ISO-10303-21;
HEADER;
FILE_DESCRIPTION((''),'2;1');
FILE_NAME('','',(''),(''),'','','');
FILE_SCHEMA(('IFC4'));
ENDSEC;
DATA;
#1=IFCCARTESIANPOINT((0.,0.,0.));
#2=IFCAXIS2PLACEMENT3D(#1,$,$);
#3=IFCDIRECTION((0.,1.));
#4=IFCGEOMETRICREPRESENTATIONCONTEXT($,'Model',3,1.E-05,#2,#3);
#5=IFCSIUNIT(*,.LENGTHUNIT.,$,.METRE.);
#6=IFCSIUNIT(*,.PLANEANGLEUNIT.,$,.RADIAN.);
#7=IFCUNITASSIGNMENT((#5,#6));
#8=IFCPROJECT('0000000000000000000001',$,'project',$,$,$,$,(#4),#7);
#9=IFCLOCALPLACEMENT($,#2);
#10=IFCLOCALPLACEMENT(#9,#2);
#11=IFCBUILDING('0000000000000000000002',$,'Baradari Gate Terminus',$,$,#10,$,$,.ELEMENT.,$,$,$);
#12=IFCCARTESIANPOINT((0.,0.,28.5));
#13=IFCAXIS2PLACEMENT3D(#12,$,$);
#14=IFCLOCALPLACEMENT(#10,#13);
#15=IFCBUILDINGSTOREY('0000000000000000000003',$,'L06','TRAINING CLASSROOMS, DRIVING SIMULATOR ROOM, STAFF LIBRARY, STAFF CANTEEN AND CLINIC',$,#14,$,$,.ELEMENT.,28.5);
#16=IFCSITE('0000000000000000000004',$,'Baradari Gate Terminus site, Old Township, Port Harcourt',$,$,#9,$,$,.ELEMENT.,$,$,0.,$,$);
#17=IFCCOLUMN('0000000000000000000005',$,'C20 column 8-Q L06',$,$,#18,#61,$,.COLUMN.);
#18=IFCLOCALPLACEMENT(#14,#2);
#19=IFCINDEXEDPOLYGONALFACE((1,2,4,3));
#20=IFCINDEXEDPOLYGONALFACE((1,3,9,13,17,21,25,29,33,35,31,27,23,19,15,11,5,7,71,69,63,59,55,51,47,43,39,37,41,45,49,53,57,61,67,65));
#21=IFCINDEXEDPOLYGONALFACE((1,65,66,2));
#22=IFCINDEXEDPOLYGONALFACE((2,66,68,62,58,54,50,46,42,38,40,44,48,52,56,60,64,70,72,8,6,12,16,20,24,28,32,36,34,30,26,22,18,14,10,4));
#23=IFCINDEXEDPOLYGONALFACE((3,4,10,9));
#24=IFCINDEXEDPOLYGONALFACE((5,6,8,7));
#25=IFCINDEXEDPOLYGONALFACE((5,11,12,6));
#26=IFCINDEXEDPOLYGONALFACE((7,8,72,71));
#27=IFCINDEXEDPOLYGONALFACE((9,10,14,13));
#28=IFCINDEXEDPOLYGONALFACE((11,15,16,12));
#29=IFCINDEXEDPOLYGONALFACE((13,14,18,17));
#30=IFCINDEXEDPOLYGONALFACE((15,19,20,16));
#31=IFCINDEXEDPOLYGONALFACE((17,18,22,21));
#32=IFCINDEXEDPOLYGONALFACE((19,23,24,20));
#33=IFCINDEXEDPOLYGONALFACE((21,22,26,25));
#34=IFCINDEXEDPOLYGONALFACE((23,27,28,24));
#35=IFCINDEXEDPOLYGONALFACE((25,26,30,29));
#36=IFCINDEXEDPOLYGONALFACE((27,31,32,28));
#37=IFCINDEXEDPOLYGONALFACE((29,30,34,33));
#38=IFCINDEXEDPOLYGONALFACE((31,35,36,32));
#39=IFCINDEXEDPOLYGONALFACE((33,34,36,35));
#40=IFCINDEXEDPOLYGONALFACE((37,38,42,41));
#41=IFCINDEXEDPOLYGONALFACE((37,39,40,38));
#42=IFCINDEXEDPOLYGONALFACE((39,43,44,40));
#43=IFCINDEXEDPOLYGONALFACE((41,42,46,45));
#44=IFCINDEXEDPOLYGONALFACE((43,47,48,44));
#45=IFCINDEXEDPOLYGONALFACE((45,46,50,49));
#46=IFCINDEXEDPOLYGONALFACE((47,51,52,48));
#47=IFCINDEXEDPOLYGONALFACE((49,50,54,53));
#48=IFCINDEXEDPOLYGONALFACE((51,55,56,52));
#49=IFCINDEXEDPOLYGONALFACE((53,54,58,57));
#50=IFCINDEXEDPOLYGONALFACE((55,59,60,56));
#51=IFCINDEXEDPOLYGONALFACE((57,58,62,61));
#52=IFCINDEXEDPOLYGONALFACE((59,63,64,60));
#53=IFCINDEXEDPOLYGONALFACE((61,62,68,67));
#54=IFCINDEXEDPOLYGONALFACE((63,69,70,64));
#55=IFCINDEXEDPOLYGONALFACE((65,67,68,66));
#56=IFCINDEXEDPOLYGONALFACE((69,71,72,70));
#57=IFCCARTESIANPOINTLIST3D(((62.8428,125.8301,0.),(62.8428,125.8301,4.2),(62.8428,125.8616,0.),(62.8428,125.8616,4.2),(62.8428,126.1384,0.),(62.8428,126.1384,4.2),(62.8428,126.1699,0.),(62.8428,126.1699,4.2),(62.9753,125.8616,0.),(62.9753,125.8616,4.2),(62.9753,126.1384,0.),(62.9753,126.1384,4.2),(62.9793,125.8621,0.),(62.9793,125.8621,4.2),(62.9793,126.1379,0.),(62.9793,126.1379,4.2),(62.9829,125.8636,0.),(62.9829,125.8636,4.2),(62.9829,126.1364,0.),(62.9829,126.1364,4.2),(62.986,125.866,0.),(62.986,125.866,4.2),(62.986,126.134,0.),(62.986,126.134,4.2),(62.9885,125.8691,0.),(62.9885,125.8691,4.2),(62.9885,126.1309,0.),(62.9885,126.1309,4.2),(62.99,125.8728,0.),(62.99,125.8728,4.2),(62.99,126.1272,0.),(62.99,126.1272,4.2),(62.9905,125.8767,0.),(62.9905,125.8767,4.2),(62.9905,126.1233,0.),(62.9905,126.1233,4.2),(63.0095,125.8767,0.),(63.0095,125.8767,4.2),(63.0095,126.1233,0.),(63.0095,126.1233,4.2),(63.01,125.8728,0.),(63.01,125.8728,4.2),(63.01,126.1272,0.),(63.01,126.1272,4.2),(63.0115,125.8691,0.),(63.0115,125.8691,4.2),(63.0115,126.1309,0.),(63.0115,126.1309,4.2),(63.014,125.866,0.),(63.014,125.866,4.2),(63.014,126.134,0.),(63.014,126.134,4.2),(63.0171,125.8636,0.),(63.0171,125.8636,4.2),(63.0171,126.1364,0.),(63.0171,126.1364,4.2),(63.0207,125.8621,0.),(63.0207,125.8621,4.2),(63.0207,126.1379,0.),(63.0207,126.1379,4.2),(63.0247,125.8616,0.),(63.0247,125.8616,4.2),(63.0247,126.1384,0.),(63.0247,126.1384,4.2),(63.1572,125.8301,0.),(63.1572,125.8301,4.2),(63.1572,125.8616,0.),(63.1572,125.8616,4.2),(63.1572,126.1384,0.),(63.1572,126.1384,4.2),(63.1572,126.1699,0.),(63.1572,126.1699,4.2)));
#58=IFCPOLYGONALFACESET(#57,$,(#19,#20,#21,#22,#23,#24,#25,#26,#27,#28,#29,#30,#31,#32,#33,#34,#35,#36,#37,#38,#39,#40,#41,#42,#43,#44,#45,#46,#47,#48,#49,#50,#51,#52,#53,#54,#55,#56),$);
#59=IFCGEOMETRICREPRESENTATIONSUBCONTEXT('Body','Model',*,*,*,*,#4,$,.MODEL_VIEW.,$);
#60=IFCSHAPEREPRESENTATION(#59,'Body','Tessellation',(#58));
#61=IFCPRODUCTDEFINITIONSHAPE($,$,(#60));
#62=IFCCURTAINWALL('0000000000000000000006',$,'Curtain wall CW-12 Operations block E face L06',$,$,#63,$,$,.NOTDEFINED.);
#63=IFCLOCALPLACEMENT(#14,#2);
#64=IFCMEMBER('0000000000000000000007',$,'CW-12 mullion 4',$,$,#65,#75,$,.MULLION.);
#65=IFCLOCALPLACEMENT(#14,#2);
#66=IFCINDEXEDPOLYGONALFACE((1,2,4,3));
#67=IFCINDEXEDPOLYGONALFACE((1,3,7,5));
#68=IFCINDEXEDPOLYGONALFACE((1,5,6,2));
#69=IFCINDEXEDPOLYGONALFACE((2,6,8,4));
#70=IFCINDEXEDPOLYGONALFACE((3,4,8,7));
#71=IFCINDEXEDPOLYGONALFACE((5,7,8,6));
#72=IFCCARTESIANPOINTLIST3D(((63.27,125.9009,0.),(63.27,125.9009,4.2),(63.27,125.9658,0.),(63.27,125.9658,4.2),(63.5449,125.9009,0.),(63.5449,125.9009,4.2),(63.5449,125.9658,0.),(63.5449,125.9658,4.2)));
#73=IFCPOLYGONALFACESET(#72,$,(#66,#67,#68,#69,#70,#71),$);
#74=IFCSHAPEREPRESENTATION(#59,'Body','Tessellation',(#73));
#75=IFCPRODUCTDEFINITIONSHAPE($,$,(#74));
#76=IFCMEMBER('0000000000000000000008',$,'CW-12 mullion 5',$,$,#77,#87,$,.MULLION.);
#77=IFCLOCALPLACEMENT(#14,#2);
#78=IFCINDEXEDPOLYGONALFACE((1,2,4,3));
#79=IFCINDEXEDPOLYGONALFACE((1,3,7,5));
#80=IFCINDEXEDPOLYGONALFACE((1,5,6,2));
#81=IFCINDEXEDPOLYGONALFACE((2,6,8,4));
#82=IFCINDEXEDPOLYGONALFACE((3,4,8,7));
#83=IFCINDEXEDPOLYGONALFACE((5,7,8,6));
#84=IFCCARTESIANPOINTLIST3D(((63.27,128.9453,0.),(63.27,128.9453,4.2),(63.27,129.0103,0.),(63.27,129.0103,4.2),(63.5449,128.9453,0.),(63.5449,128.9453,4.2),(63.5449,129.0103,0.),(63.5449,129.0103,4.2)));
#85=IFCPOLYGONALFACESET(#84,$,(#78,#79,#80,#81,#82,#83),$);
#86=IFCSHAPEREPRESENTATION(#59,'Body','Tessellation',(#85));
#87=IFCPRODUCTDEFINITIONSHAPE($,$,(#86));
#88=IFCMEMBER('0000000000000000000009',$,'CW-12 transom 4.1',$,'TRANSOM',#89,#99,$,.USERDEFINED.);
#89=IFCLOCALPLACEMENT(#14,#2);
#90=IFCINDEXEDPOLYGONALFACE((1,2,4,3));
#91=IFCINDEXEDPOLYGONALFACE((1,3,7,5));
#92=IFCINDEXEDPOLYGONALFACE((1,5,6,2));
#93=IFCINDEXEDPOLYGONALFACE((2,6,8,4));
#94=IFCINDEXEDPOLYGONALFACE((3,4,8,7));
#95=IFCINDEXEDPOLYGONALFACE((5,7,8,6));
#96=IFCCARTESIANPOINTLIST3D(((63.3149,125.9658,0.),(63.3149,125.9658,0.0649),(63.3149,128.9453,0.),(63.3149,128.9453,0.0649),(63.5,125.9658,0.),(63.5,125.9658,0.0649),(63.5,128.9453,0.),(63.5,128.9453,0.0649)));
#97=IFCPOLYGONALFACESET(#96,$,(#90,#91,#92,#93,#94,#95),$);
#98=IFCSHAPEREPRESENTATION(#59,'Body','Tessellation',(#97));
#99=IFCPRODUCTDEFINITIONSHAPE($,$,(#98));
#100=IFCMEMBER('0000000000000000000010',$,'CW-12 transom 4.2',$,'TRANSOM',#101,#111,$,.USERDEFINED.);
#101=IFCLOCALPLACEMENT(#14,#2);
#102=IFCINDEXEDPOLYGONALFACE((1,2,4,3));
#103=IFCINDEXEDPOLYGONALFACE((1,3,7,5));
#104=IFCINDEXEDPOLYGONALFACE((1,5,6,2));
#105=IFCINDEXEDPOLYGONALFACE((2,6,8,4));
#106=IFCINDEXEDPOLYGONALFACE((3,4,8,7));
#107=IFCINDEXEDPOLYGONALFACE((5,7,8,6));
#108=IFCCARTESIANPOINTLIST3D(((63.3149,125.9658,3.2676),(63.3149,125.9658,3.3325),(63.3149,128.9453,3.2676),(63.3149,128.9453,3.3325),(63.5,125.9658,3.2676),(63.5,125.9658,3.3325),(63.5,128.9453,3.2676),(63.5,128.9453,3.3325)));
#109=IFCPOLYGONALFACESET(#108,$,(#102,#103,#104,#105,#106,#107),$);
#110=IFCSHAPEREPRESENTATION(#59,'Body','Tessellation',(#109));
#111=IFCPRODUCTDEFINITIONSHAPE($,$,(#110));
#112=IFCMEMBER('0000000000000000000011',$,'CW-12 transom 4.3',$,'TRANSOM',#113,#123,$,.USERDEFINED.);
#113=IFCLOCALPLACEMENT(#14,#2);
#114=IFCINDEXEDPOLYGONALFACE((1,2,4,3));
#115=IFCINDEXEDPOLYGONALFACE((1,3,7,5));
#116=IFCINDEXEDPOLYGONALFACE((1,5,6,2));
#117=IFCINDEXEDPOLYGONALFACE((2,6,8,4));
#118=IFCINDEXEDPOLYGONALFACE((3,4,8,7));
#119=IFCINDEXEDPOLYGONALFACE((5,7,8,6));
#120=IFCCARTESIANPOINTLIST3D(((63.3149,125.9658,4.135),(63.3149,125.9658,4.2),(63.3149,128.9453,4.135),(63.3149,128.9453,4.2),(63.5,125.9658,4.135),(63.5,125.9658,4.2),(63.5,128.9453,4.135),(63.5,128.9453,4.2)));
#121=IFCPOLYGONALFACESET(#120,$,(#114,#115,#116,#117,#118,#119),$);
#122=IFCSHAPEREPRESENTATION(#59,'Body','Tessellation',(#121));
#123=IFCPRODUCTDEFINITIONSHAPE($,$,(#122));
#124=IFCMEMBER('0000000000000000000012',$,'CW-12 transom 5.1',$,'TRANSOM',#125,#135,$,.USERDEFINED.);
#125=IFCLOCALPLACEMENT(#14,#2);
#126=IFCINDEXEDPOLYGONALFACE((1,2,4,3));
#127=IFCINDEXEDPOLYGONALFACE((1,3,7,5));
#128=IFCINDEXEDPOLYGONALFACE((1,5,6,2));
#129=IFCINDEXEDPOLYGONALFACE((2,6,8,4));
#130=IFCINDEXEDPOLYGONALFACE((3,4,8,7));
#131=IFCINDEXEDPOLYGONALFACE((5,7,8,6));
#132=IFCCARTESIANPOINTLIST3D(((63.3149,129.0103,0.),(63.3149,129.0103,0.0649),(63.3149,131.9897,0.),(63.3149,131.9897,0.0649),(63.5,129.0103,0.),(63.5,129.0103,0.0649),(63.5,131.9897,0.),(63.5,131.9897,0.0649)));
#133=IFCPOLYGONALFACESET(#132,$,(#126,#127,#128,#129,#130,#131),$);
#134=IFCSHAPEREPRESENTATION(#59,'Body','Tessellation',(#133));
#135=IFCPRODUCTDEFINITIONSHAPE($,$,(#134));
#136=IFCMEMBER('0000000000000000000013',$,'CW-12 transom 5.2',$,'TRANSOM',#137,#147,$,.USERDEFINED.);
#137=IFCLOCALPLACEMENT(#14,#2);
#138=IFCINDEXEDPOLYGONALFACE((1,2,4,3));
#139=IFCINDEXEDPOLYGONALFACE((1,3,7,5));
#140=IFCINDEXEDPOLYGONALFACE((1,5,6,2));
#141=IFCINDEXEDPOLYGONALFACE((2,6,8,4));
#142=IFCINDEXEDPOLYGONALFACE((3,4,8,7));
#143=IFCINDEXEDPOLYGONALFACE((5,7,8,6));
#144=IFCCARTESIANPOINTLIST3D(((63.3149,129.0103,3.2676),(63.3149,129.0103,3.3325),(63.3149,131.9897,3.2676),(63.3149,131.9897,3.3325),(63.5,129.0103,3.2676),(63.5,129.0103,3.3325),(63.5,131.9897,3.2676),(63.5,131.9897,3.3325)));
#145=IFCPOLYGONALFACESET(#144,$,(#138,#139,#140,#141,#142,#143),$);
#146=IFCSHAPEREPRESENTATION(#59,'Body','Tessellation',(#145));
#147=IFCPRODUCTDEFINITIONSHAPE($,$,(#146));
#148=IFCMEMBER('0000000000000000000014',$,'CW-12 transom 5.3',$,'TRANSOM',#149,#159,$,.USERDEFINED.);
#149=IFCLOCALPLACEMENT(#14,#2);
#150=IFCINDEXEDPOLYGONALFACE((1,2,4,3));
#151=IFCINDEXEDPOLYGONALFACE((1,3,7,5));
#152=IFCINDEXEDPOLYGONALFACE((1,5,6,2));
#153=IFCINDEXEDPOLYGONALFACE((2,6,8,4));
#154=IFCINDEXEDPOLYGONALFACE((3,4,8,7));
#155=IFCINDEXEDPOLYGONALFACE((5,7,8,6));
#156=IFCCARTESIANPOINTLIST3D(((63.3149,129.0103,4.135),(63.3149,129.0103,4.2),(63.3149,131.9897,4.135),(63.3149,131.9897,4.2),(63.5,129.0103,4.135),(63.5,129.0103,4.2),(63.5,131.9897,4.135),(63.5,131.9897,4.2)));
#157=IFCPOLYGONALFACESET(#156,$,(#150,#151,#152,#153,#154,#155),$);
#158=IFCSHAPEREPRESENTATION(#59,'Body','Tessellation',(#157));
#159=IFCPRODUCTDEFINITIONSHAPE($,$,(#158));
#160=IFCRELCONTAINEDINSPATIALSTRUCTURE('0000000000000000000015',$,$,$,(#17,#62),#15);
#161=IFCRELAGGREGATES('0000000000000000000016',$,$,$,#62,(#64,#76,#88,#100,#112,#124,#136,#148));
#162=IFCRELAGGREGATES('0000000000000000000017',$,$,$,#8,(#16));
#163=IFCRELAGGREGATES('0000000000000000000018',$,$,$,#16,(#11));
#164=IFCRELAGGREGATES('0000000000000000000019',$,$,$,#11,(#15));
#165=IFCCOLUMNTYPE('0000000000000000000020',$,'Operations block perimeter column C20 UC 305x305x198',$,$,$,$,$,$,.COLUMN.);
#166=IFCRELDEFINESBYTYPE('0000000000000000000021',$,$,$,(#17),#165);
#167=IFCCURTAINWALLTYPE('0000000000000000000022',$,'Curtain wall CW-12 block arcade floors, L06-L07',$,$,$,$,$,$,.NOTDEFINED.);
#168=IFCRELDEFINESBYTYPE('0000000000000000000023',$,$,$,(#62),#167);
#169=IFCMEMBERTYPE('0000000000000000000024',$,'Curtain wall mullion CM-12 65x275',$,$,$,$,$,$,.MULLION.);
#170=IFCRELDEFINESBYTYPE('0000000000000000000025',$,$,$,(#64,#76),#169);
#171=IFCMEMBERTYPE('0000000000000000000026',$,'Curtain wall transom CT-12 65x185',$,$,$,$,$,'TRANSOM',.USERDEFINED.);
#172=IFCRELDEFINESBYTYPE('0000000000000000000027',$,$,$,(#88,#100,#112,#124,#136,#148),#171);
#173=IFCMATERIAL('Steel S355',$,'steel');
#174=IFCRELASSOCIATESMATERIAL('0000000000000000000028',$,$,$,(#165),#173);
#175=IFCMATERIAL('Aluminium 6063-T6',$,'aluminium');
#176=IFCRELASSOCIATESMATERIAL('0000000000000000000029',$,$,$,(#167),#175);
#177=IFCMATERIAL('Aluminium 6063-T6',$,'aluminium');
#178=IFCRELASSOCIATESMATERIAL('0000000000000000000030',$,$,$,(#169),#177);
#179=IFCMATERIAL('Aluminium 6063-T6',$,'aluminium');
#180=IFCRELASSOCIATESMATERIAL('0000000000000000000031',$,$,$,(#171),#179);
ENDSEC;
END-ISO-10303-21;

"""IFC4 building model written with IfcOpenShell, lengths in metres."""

from ifc_helpers import new_model, si_unit, direction, frame, origin, origin_2d, place, context, subcontext, project, spatial, rectangle, i_section, extrude, material, material_profile, profile_set, type_object, element, aggregate, save


model = new_model("IFC4")

# Units and contexts
model_context = context("Model", 3, precision=1e-05, world=origin(), true_north=direction((0.0, 1.0)))
body_context = subcontext(model_context, "Body", "Model", "MODEL_VIEW")
ifc_project = project(units=[si_unit("LENGTHUNIT", "METRE"), si_unit("PLANEANGLEUNIT", "RADIAN")], contexts=[model_context])

# Site, building, storey
site_placement = place(None, origin())
site = spatial("IfcSite", under=ifc_project, at=site_placement, Name="Baradari Gate Terminus site, Old Township, Port Harcourt", CompositionType="ELEMENT", RefElevation=0.0)
building_placement = place(site_placement, origin())
building = spatial("IfcBuilding", under=site, at=building_placement, Name="Baradari Gate Terminus", CompositionType="ELEMENT")
storey_placement = place(building_placement, frame((0.0, 0.0, 28.5)))
storey = spatial("IfcBuildingStorey", under=building, at=storey_placement, Name="L06", Description="TRAINING CLASSROOMS, DRIVING SIMULATOR ROOM, STAFF LIBRARY, STAFF CANTEEN AND CLINIC", CompositionType="ELEMENT", Elevation=28.5)

# Column
ifc_material_1 = material(Name="Steel S355", Category="steel")
ifc_material_profile_1 = material_profile(ifc_material_1, i_section(OverallWidth=0.3145, OverallDepth=0.3398, WebThickness=0.019, FlangeThickness=0.0315, FilletRadius=0.0151, at=origin_2d()), Name="UC 305x305x198")
ifc_profile_set_1 = profile_set([ifc_material_profile_1], Name="Steel S355")
column_type = type_object("IfcColumnType", Name="Operations block perimeter column C20 UC 305x305x198", PredefinedType="COLUMN", material=ifc_profile_set_1)
column_placement = place(storey_placement, frame((63.0, 126.0, 0.0), z_axis=(0.0, 0.0, 1.0), x_axis=(1.0, 0.0, 0.0)))
element("IfcColumn", 1, at=column_placement, inside=storey, type_object=column_type, Name="C20 column 8-Q L06", PredefinedType="COLUMN", context=body_context, shape_type="SweptSolid", body=[
    extrude(i_section(OverallWidth=0.3145, OverallDepth=0.3398, WebThickness=0.019, FlangeThickness=0.0315, FilletRadius=0.0151, at=origin_2d()), origin(), (0.0, 0.0, 1.0), 4.2),
])

# Curtain wall, members
ifc_material_2 = material(Name="Aluminium 6063-T6", Category="aluminium")
curtain_wall_type = type_object("IfcCurtainWallType", Name="Curtain wall CW-12 block arcade floors, L06-L07", PredefinedType="NOTDEFINED", material=ifc_material_2)
curtain_wall_placement = place(storey_placement, origin())
curtain_wall = element("IfcCurtainWall", 2, at=curtain_wall_placement, inside=storey, type_object=curtain_wall_type, Name="Curtain wall CW-12 Operations block E face L06", PredefinedType="NOTDEFINED")
ifc_material_3 = material(Name="Aluminium 6063-T6", Category="aluminium")
ifc_material_profile_2 = material_profile(ifc_material_3, rectangle(XDim=0.2749, YDim=0.0649, at=origin_2d()), Name="CM-12 65X275")
ifc_profile_set_2 = profile_set([ifc_material_profile_2], Name="Aluminium 6063-T6")
member_type_1 = type_object("IfcMemberType", Name="Curtain wall mullion CM-12 65x275", PredefinedType="MULLION", material=ifc_profile_set_2)
member_1_placement = place(storey_placement, frame((63.4075, 125.9333, 0.0), z_axis=(0.0, 0.0, 1.0), x_axis=(-1.0, 0.0, 0.0)))
member_1 = element("IfcMember", 3, at=member_1_placement, type_object=member_type_1, Name="CW-12 mullion 4", PredefinedType="MULLION", context=body_context, shape_type="SweptSolid", body=[
    extrude(rectangle(XDim=0.2749, YDim=0.0649, at=origin_2d()), origin(), (0.0, 0.0, 1.0), 4.2),
])
member_2_placement = place(storey_placement, frame((63.4075, 128.9778, 0.0), z_axis=(0.0, 0.0, 1.0), x_axis=(-1.0, 0.0, 0.0)))
member_2 = element("IfcMember", 4, at=member_2_placement, type_object=member_type_1, Name="CW-12 mullion 5", PredefinedType="MULLION", context=body_context, shape_type="SweptSolid", body=[
    extrude(rectangle(XDim=0.2749, YDim=0.0649, at=origin_2d()), origin(), (0.0, 0.0, 1.0), 4.2),
])
ifc_material_4 = material(Name="Aluminium 6063-T6", Category="aluminium")
ifc_material_profile_3 = material_profile(ifc_material_4, rectangle(XDim=0.1851, YDim=0.0649, at=origin_2d()), Name="CT-12 65X185")
ifc_profile_set_3 = profile_set([ifc_material_profile_3], Name="Aluminium 6063-T6")
member_type_2 = type_object("IfcMemberType", Name="Curtain wall transom CT-12 65x185", ElementType="TRANSOM", PredefinedType="USERDEFINED", material=ifc_profile_set_3)
member_3_placement = place(storey_placement, frame((63.4075, 125.9658, 0.0325), z_axis=(0.0, 1.0, 0.0), x_axis=(-1.0, 0.0, 0.0)))
member_3 = element("IfcMember", 5, at=member_3_placement, type_object=member_type_2, Name="CW-12 transom 4.1", ObjectType="TRANSOM", PredefinedType="USERDEFINED", context=body_context, shape_type="SweptSolid", body=[
    extrude(rectangle(XDim=0.1851, YDim=0.0649, at=origin_2d()), origin(), (0.0, 0.0, 1.0), 2.9795),
])
member_4_placement = place(storey_placement, frame((63.4075, 125.9658, 3.3), z_axis=(0.0, 1.0, 0.0), x_axis=(-1.0, 0.0, 0.0)))
member_4 = element("IfcMember", 6, at=member_4_placement, type_object=member_type_2, Name="CW-12 transom 4.2", ObjectType="TRANSOM", PredefinedType="USERDEFINED", context=body_context, shape_type="SweptSolid", body=[
    extrude(rectangle(XDim=0.1851, YDim=0.0649, at=origin_2d()), origin(), (0.0, 0.0, 1.0), 2.9795),
])
member_5_placement = place(storey_placement, frame((63.4075, 125.9658, 4.1675), z_axis=(0.0, 1.0, 0.0), x_axis=(-1.0, 0.0, 0.0)))
member_5 = element("IfcMember", 7, at=member_5_placement, type_object=member_type_2, Name="CW-12 transom 4.3", ObjectType="TRANSOM", PredefinedType="USERDEFINED", context=body_context, shape_type="SweptSolid", body=[
    extrude(rectangle(XDim=0.1851, YDim=0.0649, at=origin_2d()), origin(), (0.0, 0.0, 1.0), 2.9795),
])
member_6_placement = place(storey_placement, frame((63.4075, 129.0103, 0.0325), z_axis=(0.0, 1.0, 0.0), x_axis=(-1.0, 0.0, 0.0)))
member_6 = element("IfcMember", 8, at=member_6_placement, type_object=member_type_2, Name="CW-12 transom 5.1", ObjectType="TRANSOM", PredefinedType="USERDEFINED", context=body_context, shape_type="SweptSolid", body=[
    extrude(rectangle(XDim=0.1851, YDim=0.0649, at=origin_2d()), origin(), (0.0, 0.0, 1.0), 2.9795),
])
member_7_placement = place(storey_placement, frame((63.4075, 129.0103, 3.3), z_axis=(0.0, 1.0, 0.0), x_axis=(-1.0, 0.0, 0.0)))
member_7 = element("IfcMember", 9, at=member_7_placement, type_object=member_type_2, Name="CW-12 transom 5.2", ObjectType="TRANSOM", PredefinedType="USERDEFINED", context=body_context, shape_type="SweptSolid", body=[
    extrude(rectangle(XDim=0.1851, YDim=0.0649, at=origin_2d()), origin(), (0.0, 0.0, 1.0), 2.9795),
])
member_8_placement = place(storey_placement, frame((63.4075, 129.0103, 4.1675), z_axis=(0.0, 1.0, 0.0), x_axis=(-1.0, 0.0, 0.0)))
member_8 = element("IfcMember", 10, at=member_8_placement, type_object=member_type_2, Name="CW-12 transom 5.3", ObjectType="TRANSOM", PredefinedType="USERDEFINED", context=body_context, shape_type="SweptSolid", body=[
    extrude(rectangle(XDim=0.1851, YDim=0.0649, at=origin_2d()), origin(), (0.0, 0.0, 1.0), 2.9795),
])

aggregate(curtain_wall, [member_1, member_2, member_3, member_4, member_5, member_6, member_7, member_8])

save(model, "model.ifc")
